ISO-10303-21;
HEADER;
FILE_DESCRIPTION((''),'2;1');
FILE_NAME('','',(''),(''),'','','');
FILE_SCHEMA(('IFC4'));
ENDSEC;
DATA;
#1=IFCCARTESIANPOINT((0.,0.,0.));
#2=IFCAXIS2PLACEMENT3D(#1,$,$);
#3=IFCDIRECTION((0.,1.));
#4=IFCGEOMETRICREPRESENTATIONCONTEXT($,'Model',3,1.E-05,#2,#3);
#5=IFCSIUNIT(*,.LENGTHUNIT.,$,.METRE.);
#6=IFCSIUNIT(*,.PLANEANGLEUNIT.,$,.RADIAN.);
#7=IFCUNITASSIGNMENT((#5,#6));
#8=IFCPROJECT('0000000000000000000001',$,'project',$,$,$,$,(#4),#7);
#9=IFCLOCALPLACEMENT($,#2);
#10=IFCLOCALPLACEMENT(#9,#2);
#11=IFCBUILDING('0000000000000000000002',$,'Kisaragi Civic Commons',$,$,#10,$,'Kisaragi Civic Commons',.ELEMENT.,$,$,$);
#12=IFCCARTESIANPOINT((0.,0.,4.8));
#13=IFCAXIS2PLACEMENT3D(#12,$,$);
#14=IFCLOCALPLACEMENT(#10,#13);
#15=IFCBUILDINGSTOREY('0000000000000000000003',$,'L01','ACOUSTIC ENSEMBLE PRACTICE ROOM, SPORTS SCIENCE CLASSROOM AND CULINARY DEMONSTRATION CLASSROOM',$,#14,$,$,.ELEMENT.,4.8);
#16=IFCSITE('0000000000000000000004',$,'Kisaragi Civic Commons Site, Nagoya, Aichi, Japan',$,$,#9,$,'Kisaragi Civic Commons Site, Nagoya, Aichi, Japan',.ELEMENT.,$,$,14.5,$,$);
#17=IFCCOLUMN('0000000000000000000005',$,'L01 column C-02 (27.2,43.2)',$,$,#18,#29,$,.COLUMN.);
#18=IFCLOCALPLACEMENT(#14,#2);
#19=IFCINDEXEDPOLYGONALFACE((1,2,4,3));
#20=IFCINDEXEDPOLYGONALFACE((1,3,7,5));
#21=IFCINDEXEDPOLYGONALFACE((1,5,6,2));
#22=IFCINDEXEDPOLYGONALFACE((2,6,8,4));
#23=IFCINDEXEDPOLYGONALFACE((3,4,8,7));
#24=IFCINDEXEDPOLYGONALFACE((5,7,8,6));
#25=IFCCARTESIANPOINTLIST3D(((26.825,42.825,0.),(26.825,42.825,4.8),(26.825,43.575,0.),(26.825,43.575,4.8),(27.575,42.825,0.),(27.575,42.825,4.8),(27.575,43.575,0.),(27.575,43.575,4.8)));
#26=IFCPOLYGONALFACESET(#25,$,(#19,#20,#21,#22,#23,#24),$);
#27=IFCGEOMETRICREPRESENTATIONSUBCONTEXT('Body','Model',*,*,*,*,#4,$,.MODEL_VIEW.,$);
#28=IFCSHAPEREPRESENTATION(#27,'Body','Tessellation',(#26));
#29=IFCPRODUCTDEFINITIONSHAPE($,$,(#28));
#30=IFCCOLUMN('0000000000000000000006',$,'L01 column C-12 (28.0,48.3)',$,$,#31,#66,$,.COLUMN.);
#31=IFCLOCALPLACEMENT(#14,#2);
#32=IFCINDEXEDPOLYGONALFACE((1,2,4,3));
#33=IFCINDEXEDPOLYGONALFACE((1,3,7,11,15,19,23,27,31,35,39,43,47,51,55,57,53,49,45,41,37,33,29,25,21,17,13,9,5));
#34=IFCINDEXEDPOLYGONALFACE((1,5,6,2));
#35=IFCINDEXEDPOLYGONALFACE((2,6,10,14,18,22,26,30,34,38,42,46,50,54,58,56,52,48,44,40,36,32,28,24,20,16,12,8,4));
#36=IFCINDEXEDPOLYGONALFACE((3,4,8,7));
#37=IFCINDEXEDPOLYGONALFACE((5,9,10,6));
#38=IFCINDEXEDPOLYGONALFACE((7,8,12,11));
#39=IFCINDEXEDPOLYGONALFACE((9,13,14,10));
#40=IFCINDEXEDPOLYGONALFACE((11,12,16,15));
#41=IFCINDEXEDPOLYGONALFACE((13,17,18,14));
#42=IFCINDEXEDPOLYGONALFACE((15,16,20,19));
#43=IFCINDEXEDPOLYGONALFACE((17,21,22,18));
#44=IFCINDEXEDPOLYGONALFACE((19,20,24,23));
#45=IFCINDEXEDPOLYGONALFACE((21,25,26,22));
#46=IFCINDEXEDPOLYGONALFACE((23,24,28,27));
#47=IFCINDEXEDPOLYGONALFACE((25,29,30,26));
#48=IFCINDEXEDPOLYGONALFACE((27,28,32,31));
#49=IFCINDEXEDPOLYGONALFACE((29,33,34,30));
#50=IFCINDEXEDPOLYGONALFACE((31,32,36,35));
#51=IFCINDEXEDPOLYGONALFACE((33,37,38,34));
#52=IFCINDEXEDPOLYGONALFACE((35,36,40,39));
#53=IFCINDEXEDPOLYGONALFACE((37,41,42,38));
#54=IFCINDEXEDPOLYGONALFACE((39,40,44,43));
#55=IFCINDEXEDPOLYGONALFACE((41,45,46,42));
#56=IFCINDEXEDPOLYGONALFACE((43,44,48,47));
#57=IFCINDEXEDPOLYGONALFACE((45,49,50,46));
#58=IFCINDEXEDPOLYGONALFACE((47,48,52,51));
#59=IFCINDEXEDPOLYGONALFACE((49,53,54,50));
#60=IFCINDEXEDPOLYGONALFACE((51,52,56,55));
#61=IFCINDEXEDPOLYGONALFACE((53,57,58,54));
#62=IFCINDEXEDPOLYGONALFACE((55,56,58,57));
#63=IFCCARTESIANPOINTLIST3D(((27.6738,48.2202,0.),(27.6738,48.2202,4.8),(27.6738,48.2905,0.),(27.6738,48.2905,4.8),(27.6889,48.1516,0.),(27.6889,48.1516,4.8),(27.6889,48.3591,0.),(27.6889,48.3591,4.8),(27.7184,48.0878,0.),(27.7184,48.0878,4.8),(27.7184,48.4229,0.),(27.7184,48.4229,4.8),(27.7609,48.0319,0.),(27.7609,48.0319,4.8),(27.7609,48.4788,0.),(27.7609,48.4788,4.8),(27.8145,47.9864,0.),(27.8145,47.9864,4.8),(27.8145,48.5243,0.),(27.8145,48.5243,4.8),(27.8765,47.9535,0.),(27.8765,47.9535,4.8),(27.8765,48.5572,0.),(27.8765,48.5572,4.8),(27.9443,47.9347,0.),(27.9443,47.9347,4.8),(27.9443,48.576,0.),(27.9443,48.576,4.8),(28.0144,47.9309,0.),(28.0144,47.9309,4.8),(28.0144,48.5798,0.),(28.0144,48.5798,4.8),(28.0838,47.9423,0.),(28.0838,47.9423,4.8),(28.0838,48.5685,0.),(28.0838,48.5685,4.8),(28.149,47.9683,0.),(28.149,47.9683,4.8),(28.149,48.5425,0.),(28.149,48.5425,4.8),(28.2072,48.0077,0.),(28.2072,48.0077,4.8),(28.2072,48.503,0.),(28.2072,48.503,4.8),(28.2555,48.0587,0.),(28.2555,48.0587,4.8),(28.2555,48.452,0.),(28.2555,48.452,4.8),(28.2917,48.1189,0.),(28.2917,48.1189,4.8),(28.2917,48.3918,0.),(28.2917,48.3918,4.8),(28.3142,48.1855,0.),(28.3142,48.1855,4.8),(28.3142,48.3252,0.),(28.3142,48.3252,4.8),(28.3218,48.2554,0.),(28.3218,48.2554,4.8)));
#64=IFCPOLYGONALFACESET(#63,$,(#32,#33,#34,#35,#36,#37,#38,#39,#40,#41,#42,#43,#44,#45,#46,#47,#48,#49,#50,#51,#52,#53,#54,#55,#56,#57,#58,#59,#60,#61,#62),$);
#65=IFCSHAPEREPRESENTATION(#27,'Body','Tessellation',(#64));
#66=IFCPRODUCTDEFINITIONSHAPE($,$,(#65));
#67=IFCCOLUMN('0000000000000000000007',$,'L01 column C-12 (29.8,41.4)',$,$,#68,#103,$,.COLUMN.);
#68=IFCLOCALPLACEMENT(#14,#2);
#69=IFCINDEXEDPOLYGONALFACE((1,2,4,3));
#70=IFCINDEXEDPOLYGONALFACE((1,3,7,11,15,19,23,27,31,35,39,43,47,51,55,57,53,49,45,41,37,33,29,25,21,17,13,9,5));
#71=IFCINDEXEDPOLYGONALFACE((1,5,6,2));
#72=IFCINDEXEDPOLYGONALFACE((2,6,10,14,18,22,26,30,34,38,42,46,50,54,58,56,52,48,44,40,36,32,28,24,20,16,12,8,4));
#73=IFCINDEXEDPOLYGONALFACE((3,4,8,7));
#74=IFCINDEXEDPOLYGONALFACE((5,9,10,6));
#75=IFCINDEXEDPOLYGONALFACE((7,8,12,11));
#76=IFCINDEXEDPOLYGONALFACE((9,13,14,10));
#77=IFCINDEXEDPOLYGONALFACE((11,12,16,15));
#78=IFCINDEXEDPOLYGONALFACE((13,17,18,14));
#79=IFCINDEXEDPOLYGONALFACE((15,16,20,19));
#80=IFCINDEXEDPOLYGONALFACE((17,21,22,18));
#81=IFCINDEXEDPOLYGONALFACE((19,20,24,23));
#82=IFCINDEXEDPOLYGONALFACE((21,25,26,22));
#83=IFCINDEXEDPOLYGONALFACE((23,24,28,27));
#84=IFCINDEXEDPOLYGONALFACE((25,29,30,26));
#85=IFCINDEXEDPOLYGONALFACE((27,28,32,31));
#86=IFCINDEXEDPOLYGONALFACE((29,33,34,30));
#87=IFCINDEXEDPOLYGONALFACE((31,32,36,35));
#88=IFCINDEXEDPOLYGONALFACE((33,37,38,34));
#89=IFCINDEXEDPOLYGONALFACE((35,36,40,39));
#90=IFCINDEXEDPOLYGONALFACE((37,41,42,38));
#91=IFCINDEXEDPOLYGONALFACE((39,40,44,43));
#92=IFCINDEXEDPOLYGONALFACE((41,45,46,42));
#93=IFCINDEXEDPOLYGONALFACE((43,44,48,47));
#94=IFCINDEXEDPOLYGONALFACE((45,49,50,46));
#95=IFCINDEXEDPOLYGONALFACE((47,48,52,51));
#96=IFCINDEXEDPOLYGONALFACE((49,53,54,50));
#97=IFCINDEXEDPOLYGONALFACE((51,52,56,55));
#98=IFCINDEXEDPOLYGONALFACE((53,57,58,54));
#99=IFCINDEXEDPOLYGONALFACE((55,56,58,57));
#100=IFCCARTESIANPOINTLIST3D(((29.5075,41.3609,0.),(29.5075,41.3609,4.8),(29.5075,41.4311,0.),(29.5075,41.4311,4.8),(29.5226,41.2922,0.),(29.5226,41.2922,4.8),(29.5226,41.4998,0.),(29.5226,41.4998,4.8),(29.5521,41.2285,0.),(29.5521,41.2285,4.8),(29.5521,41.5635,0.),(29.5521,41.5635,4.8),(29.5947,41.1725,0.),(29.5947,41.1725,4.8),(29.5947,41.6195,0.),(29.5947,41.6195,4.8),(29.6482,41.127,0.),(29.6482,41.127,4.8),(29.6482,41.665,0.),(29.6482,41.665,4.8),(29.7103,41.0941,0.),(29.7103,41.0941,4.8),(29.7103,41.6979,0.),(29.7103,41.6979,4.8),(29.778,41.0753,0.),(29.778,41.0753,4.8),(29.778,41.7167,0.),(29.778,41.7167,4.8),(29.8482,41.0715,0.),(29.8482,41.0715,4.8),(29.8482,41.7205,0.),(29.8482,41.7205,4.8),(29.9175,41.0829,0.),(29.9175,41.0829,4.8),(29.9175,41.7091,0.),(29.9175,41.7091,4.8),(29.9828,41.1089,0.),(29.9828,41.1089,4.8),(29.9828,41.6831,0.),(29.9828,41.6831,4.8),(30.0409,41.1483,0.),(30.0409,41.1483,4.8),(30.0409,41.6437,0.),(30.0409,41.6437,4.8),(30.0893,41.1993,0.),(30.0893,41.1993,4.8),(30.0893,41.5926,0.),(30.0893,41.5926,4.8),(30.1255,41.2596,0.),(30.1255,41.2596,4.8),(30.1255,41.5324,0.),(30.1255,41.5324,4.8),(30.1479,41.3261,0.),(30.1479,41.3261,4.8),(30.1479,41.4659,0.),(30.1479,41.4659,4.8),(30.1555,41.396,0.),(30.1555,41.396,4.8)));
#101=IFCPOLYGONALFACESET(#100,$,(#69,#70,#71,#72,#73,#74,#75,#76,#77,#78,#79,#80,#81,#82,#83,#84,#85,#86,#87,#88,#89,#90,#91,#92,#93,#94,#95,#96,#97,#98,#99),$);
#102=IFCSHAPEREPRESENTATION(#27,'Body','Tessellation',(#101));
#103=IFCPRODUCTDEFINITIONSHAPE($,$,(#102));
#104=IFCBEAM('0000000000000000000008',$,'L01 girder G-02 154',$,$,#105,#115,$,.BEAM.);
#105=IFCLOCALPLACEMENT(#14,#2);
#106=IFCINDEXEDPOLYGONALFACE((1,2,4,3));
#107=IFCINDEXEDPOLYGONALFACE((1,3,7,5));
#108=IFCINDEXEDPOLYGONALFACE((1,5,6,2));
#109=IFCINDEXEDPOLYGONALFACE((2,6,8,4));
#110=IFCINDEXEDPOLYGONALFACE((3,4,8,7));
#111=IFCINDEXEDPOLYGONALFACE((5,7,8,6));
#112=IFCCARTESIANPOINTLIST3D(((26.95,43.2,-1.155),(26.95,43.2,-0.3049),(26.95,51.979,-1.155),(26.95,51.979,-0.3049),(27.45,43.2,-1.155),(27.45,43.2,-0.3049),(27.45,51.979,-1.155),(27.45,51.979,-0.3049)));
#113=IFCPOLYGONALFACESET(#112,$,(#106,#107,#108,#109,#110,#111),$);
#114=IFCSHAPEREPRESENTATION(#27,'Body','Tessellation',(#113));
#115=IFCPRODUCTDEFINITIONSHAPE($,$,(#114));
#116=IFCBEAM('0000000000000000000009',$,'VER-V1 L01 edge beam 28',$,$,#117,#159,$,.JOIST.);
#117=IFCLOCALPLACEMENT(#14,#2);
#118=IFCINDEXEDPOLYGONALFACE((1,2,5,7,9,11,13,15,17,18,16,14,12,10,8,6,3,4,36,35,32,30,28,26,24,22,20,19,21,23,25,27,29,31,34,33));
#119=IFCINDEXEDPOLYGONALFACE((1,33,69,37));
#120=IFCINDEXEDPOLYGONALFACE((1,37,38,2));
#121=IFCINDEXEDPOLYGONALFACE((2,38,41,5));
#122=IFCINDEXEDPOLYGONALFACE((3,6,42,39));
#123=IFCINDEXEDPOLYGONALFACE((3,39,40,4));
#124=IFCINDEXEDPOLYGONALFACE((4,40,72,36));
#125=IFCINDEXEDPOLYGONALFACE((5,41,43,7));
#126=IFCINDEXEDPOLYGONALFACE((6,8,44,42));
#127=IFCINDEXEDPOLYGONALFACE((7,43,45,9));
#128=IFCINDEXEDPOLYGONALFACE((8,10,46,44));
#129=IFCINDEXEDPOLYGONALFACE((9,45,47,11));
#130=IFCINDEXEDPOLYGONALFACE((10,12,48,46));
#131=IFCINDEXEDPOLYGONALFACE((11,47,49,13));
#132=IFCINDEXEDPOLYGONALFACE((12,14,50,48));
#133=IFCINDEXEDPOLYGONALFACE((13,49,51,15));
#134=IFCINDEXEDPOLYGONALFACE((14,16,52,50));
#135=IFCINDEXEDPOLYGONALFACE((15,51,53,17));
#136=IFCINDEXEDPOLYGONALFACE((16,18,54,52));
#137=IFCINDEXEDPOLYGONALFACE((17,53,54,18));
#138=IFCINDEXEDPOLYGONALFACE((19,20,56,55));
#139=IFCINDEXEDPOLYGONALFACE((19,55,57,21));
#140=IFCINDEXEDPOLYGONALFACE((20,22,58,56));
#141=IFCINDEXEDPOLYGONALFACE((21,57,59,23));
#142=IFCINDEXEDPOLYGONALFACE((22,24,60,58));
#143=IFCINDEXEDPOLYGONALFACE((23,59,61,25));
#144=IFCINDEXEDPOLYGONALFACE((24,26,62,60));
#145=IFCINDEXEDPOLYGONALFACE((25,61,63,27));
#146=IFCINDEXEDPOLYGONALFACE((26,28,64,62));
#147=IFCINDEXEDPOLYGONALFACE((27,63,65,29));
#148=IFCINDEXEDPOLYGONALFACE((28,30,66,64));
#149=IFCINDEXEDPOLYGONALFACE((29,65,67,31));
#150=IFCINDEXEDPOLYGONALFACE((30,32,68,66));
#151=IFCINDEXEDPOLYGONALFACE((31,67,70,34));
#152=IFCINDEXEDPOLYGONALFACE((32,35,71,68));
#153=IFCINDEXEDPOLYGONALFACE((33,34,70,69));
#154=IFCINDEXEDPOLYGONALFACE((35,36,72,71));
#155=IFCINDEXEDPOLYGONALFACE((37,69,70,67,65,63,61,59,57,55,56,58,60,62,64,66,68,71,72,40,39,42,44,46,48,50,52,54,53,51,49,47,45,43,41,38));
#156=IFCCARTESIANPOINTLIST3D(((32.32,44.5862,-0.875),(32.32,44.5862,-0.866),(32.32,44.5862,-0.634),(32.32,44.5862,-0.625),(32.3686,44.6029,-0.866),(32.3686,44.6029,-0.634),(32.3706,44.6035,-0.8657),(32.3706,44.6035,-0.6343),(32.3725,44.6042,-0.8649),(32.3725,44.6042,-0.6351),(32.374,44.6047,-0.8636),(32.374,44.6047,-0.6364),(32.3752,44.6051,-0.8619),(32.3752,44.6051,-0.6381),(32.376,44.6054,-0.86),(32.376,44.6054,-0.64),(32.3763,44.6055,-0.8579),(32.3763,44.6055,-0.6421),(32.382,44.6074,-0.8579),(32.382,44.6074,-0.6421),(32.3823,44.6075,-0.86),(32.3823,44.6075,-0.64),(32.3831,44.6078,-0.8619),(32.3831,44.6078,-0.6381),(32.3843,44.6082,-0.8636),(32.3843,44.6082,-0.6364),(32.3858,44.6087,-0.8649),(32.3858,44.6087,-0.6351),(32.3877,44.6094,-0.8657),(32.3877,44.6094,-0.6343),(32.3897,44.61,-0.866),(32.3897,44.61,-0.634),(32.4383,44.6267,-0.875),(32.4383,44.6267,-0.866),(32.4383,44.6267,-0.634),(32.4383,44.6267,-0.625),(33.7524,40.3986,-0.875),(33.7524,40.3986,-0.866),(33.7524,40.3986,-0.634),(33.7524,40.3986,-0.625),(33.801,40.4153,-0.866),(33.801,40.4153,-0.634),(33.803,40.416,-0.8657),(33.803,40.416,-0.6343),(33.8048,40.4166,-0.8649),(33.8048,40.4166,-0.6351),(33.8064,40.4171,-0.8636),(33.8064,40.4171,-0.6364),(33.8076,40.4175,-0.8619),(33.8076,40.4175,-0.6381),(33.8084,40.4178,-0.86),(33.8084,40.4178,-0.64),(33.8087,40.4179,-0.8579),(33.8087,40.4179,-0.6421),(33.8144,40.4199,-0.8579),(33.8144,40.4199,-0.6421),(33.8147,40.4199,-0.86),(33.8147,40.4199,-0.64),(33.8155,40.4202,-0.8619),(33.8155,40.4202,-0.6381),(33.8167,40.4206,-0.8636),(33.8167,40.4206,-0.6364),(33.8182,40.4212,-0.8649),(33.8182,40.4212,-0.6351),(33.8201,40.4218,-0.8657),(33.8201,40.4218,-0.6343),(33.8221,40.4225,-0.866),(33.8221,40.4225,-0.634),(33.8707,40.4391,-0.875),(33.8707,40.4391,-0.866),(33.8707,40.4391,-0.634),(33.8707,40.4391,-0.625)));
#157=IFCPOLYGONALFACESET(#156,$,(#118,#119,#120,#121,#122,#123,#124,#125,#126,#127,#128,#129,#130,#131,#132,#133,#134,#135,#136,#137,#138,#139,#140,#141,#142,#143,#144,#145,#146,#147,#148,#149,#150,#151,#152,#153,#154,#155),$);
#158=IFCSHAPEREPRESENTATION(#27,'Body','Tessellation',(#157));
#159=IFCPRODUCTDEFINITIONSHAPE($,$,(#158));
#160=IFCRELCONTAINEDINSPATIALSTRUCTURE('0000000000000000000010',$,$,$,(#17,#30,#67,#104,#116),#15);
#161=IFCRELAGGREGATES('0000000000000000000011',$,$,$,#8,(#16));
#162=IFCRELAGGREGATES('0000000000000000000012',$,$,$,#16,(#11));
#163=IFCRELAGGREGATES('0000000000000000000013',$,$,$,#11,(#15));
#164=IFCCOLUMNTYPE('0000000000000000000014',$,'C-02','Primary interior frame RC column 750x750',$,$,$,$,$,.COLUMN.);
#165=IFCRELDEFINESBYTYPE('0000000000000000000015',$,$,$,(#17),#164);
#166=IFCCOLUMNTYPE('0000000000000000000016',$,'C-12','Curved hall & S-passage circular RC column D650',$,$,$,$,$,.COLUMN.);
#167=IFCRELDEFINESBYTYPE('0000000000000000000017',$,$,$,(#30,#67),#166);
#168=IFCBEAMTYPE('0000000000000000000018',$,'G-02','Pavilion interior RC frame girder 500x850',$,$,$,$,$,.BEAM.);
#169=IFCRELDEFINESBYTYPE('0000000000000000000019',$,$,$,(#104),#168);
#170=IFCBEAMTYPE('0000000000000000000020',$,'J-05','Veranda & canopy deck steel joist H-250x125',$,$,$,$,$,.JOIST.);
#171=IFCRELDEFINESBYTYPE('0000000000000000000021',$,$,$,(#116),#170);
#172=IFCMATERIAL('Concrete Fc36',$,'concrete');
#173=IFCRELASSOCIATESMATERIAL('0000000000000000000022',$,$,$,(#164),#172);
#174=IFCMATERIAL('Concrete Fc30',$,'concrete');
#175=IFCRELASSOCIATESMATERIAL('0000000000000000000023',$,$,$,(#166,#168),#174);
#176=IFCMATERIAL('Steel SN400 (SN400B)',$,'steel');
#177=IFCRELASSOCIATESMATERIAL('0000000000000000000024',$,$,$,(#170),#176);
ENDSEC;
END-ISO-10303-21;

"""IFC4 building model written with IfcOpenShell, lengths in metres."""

from ifc_helpers import new_model, si_unit, direction, frame, origin, origin_2d, place, context, subcontext, project, spatial, rectangle, circle, i_section, extrude, material, material_profile, profile_set, type_object, element, save


model = new_model("IFC4")

# Units and contexts
model_context = context("Model", 3, precision=1e-05, world=origin(), true_north=direction((0.0, 1.0)))
body_context = subcontext(model_context, "Body", "Model", "MODEL_VIEW")
ifc_project = project(units=[si_unit("LENGTHUNIT", "METRE"), si_unit("PLANEANGLEUNIT", "RADIAN")], contexts=[model_context])

# Site, building, storey
site_placement = place(None, origin())
site = spatial("IfcSite", under=ifc_project, at=site_placement, Name="Kisaragi Civic Commons Site, Nagoya, Aichi, Japan", LongName="Kisaragi Civic Commons Site, Nagoya, Aichi, Japan", CompositionType="ELEMENT", RefElevation=14.5)
building_placement = place(site_placement, origin())
building = spatial("IfcBuilding", under=site, at=building_placement, Name="Kisaragi Civic Commons", LongName="Kisaragi Civic Commons", CompositionType="ELEMENT")
storey_placement = place(building_placement, frame((0.0, 0.0, 4.8)))
storey = spatial("IfcBuildingStorey", under=building, at=storey_placement, Name="L01", Description="ACOUSTIC ENSEMBLE PRACTICE ROOM, SPORTS SCIENCE CLASSROOM AND CULINARY DEMONSTRATION CLASSROOM", CompositionType="ELEMENT", Elevation=4.8)

# Columns
ifc_material_1 = material(Name="Concrete Fc36", Category="concrete")
ifc_material_profile_1 = material_profile(ifc_material_1, rectangle(XDim=0.75, YDim=0.75, at=origin_2d()), Name="RC-750x750", Category="concrete")
ifc_profile_set_1 = profile_set([ifc_material_profile_1], Name="Concrete Fc36")
column_type_1 = type_object("IfcColumnType", Name="C-02", Description="Primary interior frame RC column 750x750", PredefinedType="COLUMN", material=ifc_profile_set_1)
column_placement = place(storey_placement, frame((27.2, 43.2, 0.0), z_axis=(0.0, 0.0, 1.0), x_axis=(1.0, 0.0, 0.0)))
element("IfcColumn", 1, at=column_placement, inside=storey, type_object=column_type_1, Name="L01 column C-02 (27.2,43.2)", PredefinedType="COLUMN", context=body_context, shape_type="SweptSolid", body=[
    extrude(rectangle(XDim=0.75, YDim=0.75, at=origin_2d()), origin(), (0.0, 0.0, 1.0), 4.8),
])
ifc_material_2 = material(Name="Concrete Fc30", Category="concrete")
ifc_material_profile_2 = material_profile(ifc_material_2, circle(Radius=0.325, at=origin_2d()), Name="RC-D650", Category="concrete")
ifc_profile_set_2 = profile_set([ifc_material_profile_2], Name="Concrete Fc30")
column_type_2 = type_object("IfcColumnType", Name="C-12", Description="Curved hall & S-passage circular RC column D650", PredefinedType="COLUMN", material=ifc_profile_set_2)
for number, where, z_axis, x_axis, name in (
    (2, (27.9968, 48.2554, 0.0), (0.0, 0.0, 1.0), (1.0, 0.0, 0.0), "L01 column C-12 (28.0,48.3)"),
    (3, (29.8306, 41.396, 0.0), (0.0, 0.0, 1.0), (1.0, 0.0, 0.0), "L01 column C-12 (29.8,41.4)"),
):
    element("IfcColumn", number, at=place(storey_placement, frame(where, z_axis=z_axis, x_axis=x_axis)), inside=storey, type_object=column_type_2, Name=name, PredefinedType="COLUMN", context=body_context, shape_type="SweptSolid", body=[
        extrude(circle(Radius=0.325, at=origin_2d()), origin(), (0.0, 0.0, 1.0), 4.8),
    ])

# Beams
ifc_material_profile_3 = material_profile(ifc_material_2, rectangle(XDim=0.5, YDim=0.8501, at=origin_2d()), Name="RC-500x850", Category="concrete")
ifc_profile_set_3 = profile_set([ifc_material_profile_3], Name="Concrete Fc30")
beam_type_1 = type_object("IfcBeamType", Name="G-02", Description="Pavilion interior RC frame girder 500x850", PredefinedType="BEAM", material=ifc_profile_set_3)
beam_1_placement = place(storey_placement, frame((27.2, 43.2, -0.73), z_axis=(0.0, 1.0, 0.0), x_axis=(-1.0, 0.0, 0.0)))
element("IfcBeam", 4, at=beam_1_placement, inside=storey, type_object=beam_type_1, Name="L01 girder G-02 154", PredefinedType="BEAM", context=body_context, shape_type="SweptSolid", body=[
    extrude(rectangle(XDim=0.5, YDim=0.8501, at=origin_2d()), origin(), (0.0, 0.0, 1.0), 8.7791),
])
ifc_material_3 = material(Name="Steel SN400 (SN400B)", Category="steel")
ifc_material_profile_4 = material_profile(ifc_material_3, i_section(OverallWidth=0.125, OverallDepth=0.25, WebThickness=0.0061, FlangeThickness=0.009, FilletRadius=0.0081, at=origin_2d()), Name="H-250x125x6x9", Category="steel")
ifc_profile_set_4 = profile_set([ifc_material_profile_4], Name="Steel SN400 (SN400B)")
beam_type_2 = type_object("IfcBeamType", Name="J-05", Description="Veranda & canopy deck steel joist H-250x125", PredefinedType="JOIST", material=ifc_profile_set_4)
for number, where, z_axis, x_axis, name in (
    (5, (32.3792, 44.6064, -0.75), (0.323649, -0.946177, 0.0), (0.946177, 0.323649, 0.0), "VER-V1 L01 edge beam 28"),
):
    element("IfcBeam", number, at=place(storey_placement, frame(where, z_axis=z_axis, x_axis=x_axis)), inside=storey, type_object=beam_type_2, Name=name, PredefinedType="JOIST", context=body_context, shape_type="SweptSolid", body=[
        extrude(i_section(OverallWidth=0.125, OverallDepth=0.25, WebThickness=0.0061, FlangeThickness=0.009, FilletRadius=0.0081, at=origin_2d()), origin(), (0.0, 0.0, 1.0), 4.4258),
    ])

save(model, "model.ifc")
